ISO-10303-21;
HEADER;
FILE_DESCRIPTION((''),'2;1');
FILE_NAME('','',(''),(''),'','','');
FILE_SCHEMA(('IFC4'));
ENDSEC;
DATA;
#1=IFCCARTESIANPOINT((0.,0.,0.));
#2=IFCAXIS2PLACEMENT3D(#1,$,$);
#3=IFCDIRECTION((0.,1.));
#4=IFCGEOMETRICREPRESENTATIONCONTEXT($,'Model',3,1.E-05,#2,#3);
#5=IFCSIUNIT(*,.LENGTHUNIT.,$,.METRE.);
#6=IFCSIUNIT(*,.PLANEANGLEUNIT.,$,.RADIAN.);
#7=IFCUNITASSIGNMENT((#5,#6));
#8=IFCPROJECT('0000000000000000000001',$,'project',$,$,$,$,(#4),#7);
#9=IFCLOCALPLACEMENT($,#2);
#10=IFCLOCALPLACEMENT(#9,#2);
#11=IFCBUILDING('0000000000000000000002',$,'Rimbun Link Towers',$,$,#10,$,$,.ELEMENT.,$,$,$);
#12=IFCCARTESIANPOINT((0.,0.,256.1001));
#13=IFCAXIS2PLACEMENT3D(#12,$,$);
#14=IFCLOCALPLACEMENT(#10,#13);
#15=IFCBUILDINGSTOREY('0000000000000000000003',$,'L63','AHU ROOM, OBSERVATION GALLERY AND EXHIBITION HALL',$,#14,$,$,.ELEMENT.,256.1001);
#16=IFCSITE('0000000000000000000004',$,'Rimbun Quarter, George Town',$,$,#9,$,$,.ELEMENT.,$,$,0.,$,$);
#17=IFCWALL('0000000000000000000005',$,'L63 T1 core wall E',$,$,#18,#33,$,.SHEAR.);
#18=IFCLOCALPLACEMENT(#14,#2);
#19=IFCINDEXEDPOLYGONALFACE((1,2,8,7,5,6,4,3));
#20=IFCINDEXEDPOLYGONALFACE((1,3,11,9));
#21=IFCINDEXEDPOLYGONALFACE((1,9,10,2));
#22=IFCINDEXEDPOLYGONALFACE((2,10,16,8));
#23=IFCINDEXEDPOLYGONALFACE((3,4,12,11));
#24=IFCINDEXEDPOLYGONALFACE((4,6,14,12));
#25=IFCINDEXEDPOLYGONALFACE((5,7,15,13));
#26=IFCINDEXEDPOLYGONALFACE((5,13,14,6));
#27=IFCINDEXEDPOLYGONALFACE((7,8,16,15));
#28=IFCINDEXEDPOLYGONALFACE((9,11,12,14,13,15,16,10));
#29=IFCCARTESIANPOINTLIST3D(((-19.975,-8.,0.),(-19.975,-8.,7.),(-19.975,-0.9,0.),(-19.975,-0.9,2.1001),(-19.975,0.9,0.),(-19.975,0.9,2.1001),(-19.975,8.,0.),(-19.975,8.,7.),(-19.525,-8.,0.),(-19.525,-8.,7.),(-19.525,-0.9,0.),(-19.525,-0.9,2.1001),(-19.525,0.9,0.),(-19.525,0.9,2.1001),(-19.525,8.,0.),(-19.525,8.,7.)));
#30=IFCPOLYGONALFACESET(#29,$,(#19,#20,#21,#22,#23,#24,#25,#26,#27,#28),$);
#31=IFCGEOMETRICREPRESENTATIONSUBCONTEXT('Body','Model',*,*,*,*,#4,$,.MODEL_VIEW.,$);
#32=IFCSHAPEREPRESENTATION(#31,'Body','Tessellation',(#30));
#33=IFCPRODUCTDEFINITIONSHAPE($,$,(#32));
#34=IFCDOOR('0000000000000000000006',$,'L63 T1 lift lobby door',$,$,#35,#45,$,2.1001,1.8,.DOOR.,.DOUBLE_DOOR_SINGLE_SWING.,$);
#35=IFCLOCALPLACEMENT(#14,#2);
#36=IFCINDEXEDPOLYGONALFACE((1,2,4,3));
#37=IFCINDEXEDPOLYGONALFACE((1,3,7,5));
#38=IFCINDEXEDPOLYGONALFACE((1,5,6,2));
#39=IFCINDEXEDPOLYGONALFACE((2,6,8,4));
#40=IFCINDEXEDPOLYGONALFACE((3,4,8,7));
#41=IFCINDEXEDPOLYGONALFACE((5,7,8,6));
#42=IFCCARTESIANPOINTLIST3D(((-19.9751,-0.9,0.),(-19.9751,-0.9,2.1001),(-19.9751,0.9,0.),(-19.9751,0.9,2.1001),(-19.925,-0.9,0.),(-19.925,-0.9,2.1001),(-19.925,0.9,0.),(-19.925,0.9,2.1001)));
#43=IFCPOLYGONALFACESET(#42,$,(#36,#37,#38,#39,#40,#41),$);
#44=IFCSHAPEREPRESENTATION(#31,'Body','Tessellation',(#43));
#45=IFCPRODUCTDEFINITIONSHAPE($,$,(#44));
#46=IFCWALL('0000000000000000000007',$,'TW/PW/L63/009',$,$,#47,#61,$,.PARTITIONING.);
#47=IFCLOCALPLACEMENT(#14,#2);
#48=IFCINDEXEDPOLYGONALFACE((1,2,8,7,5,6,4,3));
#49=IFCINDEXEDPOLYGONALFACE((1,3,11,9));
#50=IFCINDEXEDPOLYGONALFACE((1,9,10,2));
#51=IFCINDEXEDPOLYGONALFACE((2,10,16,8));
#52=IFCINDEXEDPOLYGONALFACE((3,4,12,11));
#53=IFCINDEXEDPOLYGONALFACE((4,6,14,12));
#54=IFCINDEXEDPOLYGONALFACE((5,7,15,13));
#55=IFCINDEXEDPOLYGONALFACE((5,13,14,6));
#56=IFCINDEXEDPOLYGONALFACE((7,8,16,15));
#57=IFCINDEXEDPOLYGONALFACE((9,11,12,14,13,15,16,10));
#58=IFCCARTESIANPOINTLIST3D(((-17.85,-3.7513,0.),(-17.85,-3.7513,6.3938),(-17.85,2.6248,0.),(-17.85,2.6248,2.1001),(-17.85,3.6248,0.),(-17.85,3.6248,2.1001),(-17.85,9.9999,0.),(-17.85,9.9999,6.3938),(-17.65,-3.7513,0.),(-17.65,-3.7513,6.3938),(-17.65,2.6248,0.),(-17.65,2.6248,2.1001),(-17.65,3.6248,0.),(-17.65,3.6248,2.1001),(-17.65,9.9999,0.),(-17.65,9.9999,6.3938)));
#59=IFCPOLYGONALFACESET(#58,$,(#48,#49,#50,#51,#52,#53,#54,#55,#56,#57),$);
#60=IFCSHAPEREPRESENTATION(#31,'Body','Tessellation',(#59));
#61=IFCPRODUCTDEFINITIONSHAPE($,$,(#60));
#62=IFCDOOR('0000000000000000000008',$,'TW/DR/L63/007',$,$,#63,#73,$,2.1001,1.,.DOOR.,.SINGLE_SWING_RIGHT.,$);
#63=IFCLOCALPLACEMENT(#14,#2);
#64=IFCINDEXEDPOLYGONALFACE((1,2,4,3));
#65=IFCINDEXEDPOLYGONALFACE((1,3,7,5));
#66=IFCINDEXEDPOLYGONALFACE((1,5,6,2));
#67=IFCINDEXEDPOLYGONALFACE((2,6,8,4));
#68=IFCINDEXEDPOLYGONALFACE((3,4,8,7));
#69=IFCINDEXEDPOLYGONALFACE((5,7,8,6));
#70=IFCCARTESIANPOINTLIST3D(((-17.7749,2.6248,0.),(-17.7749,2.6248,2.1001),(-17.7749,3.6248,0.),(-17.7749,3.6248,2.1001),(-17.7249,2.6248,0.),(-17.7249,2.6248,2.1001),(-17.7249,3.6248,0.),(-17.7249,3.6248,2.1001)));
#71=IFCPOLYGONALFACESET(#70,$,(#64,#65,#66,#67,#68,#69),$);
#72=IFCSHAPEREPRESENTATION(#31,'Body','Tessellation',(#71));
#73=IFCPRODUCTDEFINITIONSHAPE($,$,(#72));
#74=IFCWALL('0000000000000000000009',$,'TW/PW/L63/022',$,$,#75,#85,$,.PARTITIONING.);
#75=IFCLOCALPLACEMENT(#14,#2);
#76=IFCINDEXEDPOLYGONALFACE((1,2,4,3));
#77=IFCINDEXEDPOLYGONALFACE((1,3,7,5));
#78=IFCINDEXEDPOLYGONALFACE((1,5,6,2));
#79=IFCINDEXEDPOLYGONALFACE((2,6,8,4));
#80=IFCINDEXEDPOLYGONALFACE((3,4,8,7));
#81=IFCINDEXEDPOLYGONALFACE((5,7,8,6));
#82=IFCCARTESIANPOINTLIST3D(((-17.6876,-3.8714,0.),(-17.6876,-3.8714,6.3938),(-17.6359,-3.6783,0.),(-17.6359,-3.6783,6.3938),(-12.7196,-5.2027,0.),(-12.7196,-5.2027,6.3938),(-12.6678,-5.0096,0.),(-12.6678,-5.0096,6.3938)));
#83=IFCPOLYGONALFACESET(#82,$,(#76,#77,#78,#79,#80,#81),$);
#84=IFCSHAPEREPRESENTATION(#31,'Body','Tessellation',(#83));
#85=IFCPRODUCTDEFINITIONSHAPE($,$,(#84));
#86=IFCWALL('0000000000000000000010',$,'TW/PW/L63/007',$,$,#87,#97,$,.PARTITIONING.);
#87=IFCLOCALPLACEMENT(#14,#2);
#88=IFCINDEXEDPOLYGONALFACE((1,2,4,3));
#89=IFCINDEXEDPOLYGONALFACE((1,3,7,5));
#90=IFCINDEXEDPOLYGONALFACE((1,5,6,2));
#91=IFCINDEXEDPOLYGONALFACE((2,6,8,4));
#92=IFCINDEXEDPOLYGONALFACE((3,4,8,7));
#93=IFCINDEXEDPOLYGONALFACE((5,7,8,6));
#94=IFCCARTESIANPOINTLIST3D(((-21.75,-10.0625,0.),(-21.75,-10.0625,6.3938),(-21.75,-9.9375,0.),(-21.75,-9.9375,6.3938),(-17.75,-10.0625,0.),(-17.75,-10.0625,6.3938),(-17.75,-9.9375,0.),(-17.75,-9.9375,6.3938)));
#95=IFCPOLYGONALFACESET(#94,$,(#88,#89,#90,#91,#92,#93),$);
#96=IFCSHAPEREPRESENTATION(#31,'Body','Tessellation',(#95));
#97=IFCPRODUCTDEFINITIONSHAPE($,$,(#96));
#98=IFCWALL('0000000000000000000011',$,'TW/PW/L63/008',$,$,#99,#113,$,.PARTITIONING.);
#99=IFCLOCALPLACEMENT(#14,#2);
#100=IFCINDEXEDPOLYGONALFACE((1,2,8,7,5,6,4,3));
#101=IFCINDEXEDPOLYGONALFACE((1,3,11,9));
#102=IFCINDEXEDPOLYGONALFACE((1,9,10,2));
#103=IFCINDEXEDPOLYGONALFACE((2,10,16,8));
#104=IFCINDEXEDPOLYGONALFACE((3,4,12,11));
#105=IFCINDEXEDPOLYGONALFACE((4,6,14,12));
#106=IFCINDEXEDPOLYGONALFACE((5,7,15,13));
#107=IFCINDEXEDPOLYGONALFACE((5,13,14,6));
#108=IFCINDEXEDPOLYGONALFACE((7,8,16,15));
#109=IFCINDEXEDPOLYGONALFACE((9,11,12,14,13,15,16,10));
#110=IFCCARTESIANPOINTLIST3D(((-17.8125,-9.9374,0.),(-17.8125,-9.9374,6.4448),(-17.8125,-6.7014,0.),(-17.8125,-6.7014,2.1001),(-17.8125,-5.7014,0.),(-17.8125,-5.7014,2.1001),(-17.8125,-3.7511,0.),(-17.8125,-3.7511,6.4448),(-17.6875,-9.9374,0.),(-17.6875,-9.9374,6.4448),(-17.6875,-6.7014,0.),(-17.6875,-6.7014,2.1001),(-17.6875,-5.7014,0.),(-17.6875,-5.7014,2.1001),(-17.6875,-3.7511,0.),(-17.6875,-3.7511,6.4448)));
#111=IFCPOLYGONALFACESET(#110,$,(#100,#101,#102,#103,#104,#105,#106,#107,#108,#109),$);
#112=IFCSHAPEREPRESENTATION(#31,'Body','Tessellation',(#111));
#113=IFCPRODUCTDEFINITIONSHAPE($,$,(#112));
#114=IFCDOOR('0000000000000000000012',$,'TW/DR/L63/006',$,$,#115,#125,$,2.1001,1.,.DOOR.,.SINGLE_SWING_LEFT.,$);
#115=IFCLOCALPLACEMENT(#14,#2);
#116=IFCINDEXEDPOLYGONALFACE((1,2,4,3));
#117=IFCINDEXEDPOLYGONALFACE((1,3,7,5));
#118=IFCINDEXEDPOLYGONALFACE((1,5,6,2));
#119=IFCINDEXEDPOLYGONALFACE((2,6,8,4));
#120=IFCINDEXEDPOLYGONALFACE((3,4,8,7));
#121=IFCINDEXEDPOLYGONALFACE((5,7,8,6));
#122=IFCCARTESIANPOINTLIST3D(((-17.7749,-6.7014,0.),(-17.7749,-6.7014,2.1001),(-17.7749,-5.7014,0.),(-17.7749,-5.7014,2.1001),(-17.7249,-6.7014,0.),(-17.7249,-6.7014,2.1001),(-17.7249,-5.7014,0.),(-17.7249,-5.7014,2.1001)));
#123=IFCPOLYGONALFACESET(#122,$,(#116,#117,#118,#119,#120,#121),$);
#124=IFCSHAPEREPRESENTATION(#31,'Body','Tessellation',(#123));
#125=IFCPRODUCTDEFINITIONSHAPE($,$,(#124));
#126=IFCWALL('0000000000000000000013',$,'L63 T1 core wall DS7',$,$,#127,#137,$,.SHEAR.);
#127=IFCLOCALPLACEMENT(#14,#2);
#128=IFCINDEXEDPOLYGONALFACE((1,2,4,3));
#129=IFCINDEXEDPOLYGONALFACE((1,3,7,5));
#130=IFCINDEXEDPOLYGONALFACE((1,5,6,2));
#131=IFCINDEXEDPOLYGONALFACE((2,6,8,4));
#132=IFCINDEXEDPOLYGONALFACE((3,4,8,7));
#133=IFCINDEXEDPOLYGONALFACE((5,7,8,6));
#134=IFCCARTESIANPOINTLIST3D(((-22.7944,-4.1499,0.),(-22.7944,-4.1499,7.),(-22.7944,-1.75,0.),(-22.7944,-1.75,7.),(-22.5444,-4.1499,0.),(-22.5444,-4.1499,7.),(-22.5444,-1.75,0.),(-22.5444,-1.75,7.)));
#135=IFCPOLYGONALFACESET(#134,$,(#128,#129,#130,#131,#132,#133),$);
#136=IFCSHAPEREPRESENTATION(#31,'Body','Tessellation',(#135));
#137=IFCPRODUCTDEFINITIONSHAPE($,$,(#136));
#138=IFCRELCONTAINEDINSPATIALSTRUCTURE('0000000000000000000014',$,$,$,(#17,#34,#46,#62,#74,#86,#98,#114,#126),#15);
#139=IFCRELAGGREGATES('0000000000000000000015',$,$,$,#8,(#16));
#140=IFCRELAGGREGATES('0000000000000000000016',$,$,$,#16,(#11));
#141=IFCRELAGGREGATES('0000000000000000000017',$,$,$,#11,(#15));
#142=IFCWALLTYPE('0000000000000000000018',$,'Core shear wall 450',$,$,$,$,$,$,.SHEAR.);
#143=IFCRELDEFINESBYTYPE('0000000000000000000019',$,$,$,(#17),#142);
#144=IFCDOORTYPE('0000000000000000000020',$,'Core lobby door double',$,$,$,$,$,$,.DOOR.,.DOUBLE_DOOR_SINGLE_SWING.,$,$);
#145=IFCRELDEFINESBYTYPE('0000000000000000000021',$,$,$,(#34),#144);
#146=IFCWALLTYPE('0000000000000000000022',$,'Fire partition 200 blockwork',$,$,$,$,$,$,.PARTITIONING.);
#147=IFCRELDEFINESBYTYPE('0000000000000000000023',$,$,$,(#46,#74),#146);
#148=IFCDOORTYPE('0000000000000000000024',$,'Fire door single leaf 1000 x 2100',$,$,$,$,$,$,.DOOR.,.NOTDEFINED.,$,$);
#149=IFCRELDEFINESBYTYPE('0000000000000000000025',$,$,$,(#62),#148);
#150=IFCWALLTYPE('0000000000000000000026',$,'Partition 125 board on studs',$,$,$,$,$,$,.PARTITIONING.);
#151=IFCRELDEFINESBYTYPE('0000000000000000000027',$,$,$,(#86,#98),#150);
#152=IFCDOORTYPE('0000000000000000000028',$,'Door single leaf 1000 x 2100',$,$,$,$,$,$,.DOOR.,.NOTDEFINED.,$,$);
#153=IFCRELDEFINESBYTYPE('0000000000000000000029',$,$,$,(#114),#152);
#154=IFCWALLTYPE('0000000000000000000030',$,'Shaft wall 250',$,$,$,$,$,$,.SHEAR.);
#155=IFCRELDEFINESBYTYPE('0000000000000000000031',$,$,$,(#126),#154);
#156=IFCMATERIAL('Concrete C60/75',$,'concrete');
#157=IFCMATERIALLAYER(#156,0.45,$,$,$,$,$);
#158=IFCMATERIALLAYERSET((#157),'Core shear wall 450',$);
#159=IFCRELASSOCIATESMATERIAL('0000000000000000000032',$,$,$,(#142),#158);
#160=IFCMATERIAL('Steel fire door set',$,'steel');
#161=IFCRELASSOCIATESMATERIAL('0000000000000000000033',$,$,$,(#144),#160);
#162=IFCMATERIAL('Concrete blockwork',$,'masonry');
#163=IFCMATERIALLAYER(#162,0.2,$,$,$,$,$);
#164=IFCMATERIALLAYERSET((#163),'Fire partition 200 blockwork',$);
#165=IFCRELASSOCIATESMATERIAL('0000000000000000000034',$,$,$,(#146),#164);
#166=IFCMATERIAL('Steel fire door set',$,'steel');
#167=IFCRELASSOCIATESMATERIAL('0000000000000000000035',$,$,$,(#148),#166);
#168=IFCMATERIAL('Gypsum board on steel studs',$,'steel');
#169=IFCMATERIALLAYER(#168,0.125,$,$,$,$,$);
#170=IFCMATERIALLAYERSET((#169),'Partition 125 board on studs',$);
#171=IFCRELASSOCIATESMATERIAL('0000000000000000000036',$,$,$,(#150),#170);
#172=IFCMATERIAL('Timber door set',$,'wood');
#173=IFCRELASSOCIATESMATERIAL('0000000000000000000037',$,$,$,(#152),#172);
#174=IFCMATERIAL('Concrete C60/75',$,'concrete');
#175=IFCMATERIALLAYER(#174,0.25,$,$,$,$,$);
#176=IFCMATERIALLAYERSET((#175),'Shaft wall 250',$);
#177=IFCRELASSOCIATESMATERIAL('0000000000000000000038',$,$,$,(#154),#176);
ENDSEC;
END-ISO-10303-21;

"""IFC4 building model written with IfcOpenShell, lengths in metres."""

from ifc_helpers import new_model, si_unit, direction, frame, frame_2d, origin, place, context, subcontext, project, spatial, rectangle, extrude, material, layer, layer_set, type_object, element, fill, save


model = new_model("IFC4")

# Units and contexts
model_context = context("Model", 3, precision=1e-05, world=origin(), true_north=direction((0.0, 1.0)))
body_context = subcontext(model_context, "Body", "Model", "MODEL_VIEW")
ifc_project = project(units=[si_unit("LENGTHUNIT", "METRE"), si_unit("PLANEANGLEUNIT", "RADIAN")], contexts=[model_context])

# Site, building, storey
site_placement = place(None, origin())
site = spatial("IfcSite", under=ifc_project, at=site_placement, Name="Rimbun Quarter, George Town", CompositionType="ELEMENT", RefElevation=0.0)
building_placement = place(site_placement, origin())
building = spatial("IfcBuilding", under=site, at=building_placement, Name="Rimbun Link Towers", CompositionType="ELEMENT")
storey_placement = place(building_placement, frame((0.0, 0.0, 256.1001)))
storey = spatial("IfcBuildingStorey", under=building, at=storey_placement, Name="L63", Description="AHU ROOM, OBSERVATION GALLERY AND EXHIBITION HALL", CompositionType="ELEMENT", Elevation=256.1001)

# Walls, openings, doors
ifc_material_1 = material(Name="Concrete C60/75", Category="concrete")
ifc_layer_1 = layer(ifc_material_1, 0.45)
ifc_layer_set_1 = layer_set([ifc_layer_1], Name="Core shear wall 450")
wall_type_1 = type_object("IfcWallType", Name="Core shear wall 450", PredefinedType="SHEAR", material=ifc_layer_set_1)
wall_1_placement = place(storey_placement, frame((-19.75, -8.0, 0.0), z_axis=(0.0, 0.0, 1.0), x_axis=(0.0, 1.0, 0.0)))
wall_1 = element("IfcWall", 1, at=wall_1_placement, inside=storey, type_object=wall_type_1, Name="L63 T1 core wall E", PredefinedType="SHEAR", context=body_context, shape_type="SweptSolid", body=[
    extrude(rectangle(XDim=16.0, YDim=0.45, at=frame_2d((8.0, 0.0))), origin(), (0.0, 0.0, 1.0), 7.0),
])
opening_1_placement = place(wall_1_placement, frame((7.1001, 0.0, 0.0)))
opening_1 = element("IfcOpeningElement", 2, at=opening_1_placement, cuts=wall_1, PredefinedType="OPENING", context=body_context, shape_type="SweptSolid", body=[
    extrude(rectangle(XDim=1.8, YDim=2.1001, at=frame_2d((0.8999, 1.05))), frame((0.0, 0.2349, 0.0), z_axis=(0.0, -1.0, 0.0), x_axis=(1.0, 0.0, 0.0)), (0.0, 0.0, 1.0), 0.47),
])
ifc_material_2 = material(Name="Steel fire door set", Category="steel")
door_type_1 = type_object("IfcDoorType", Name="Core lobby door double", OperationType="DOUBLE_DOOR_SINGLE_SWING", PredefinedType="DOOR", material=ifc_material_2)
door_1_placement = place(opening_1_placement, origin())
door_1 = element("IfcDoor", 3, at=door_1_placement, inside=storey, type_object=door_type_1, Name="L63 T1 lift lobby door", OperationType="DOUBLE_DOOR_SINGLE_SWING", OverallHeight=2.1001, OverallWidth=1.8, PredefinedType="DOOR", context=body_context, shape_type="SweptSolid", body=[
    extrude(rectangle(XDim=1.8, YDim=2.1001, at=frame_2d((0.8999, 1.05))), frame((0.0, 0.2251, 0.0), z_axis=(0.0, -1.0, 0.0), x_axis=(1.0, 0.0, 0.0)), (0.0, 0.0, 1.0), 0.05),
])
fill(opening_1, door_1)
ifc_material_3 = material(Name="Concrete blockwork", Category="masonry")
ifc_layer_2 = layer(ifc_material_3, 0.2)
ifc_layer_set_2 = layer_set([ifc_layer_2], Name="Fire partition 200 blockwork")
wall_type_2 = type_object("IfcWallType", Name="Fire partition 200 blockwork", PredefinedType="PARTITIONING", material=ifc_layer_set_2)
wall_2_placement = place(storey_placement, frame((-17.75, -3.7512, 0.0), z_axis=(0.0, 0.0, 1.0), x_axis=(0.0, 1.0, 0.0)))
wall_2 = element("IfcWall", 4, at=wall_2_placement, inside=storey, type_object=wall_type_2, Name="TW/PW/L63/009", PredefinedType="PARTITIONING", context=body_context, shape_type="SweptSolid", body=[
    extrude(rectangle(XDim=13.7512, YDim=0.2, at=frame_2d((6.8755, 0.0))), origin(), (0.0, 0.0, 1.0), 6.3938),
])
opening_2_placement = place(wall_2_placement, frame((6.376, 0.0, 0.0)))
opening_2 = element("IfcOpeningElement", 5, at=opening_2_placement, cuts=wall_2, PredefinedType="OPENING", context=body_context, shape_type="SweptSolid", body=[
    extrude(rectangle(XDim=1.0, YDim=2.1001, at=frame_2d((0.5, 1.05))), frame((0.0, 0.1099, 0.0), z_axis=(0.0, -1.0, 0.0), x_axis=(1.0, 0.0, 0.0)), (0.0, 0.0, 1.0), 0.22),
])
ifc_material_4 = material(Name="Steel fire door set", Category="steel")
door_type_2 = type_object("IfcDoorType", Name="Fire door single leaf 1000 x 2100", OperationType="NOTDEFINED", PredefinedType="DOOR", material=ifc_material_4)
door_2_placement = place(opening_2_placement, origin())
door_2 = element("IfcDoor", 6, at=door_2_placement, inside=storey, type_object=door_type_2, Name="TW/DR/L63/007", OperationType="SINGLE_SWING_RIGHT", OverallHeight=2.1001, OverallWidth=1.0, PredefinedType="DOOR", context=body_context, shape_type="SweptSolid", body=[
    extrude(rectangle(XDim=1.0, YDim=2.1001, at=frame_2d((0.5, 1.05))), frame((0.0, 0.0249, 0.0), z_axis=(0.0, -1.0, 0.0), x_axis=(1.0, 0.0, 0.0)), (0.0, 0.0, 1.0), 0.05),
])
fill(opening_2, door_2)

# Walls
wall_3_placement = place(storey_placement, frame((-12.6936, -5.1062, 0.0), z_axis=(0.0, 0.0, 1.0), x_axis=(-0.96592, 0.258841, 0.0)))
element("IfcWall", 7, at=wall_3_placement, inside=storey, type_object=wall_type_2, Name="TW/PW/L63/022", PredefinedType="PARTITIONING", context=body_context, shape_type="SweptSolid", body=[
    extrude(rectangle(XDim=5.1433, YDim=0.2, at=frame_2d((2.5718, 0.0))), origin(), (0.0, 0.0, 1.0), 6.3938),
])
ifc_material_5 = material(Name="Gypsum board on steel studs", Category="steel")
ifc_layer_3 = layer(ifc_material_5, 0.125)
ifc_layer_set_3 = layer_set([ifc_layer_3], Name="Partition 125 board on studs")
wall_type_3 = type_object("IfcWallType", Name="Partition 125 board on studs", PredefinedType="PARTITIONING", material=ifc_layer_set_3)
wall_4_placement = place(storey_placement, frame((-21.75, -10.0, 0.0), z_axis=(0.0, 0.0, 1.0), x_axis=(1.0, 0.0, 0.0)))
element("IfcWall", 8, at=wall_4_placement, inside=storey, type_object=wall_type_3, Name="TW/PW/L63/007", PredefinedType="PARTITIONING", context=body_context, shape_type="SweptSolid", body=[
    extrude(rectangle(XDim=4.0, YDim=0.125, at=frame_2d((2.0, 0.0))), origin(), (0.0, 0.0, 1.0), 6.3938),
])

# Wall, opening, door
wall_5_placement = place(storey_placement, frame((-17.75, -9.9375, 0.0), z_axis=(0.0, 0.0, 1.0), x_axis=(0.0, 1.0, 0.0)))
wall_5 = element("IfcWall", 9, at=wall_5_placement, inside=storey, type_object=wall_type_3, Name="TW/PW/L63/008", PredefinedType="PARTITIONING", context=body_context, shape_type="SweptSolid", body=[
    extrude(rectangle(XDim=6.1863, YDim=0.125, at=frame_2d((3.0933, 0.0))), origin(), (0.0, 0.0, 1.0), 6.4448),
])
opening_3_placement = place(wall_5_placement, frame((3.2361, 0.0, 0.0)))
opening_3 = element("IfcOpeningElement", 10, at=opening_3_placement, cuts=wall_5, PredefinedType="OPENING", context=body_context, shape_type="SweptSolid", body=[
    extrude(rectangle(XDim=1.0, YDim=2.1001, at=frame_2d((0.5, 1.05))), frame((0.0, 0.0725, 0.0), z_axis=(0.0, -1.0, 0.0), x_axis=(1.0, 0.0, 0.0)), (0.0, 0.0, 1.0), 0.145),
])
ifc_material_6 = material(Name="Timber door set", Category="wood")
door_type_3 = type_object("IfcDoorType", Name="Door single leaf 1000 x 2100", OperationType="NOTDEFINED", PredefinedType="DOOR", material=ifc_material_6)
door_3_placement = place(opening_3_placement, origin())
door_3 = element("IfcDoor", 11, at=door_3_placement, inside=storey, type_object=door_type_3, Name="TW/DR/L63/006", OperationType="SINGLE_SWING_LEFT", OverallHeight=2.1001, OverallWidth=1.0, PredefinedType="DOOR", context=body_context, shape_type="SweptSolid", body=[
    extrude(rectangle(XDim=1.0, YDim=2.1001, at=frame_2d((0.5, 1.05))), frame((0.0, 0.0249, 0.0), z_axis=(0.0, -1.0, 0.0), x_axis=(1.0, 0.0, 0.0)), (0.0, 0.0, 1.0), 0.05),
])
fill(opening_3, door_3)

# Wall
ifc_material_7 = material(Name="Concrete C60/75", Category="concrete")
ifc_layer_4 = layer(ifc_material_7, 0.25)
ifc_layer_set_4 = layer_set([ifc_layer_4], Name="Shaft wall 250")
wall_type_4 = type_object("IfcWallType", Name="Shaft wall 250", PredefinedType="SHEAR", material=ifc_layer_set_4)
wall_6_placement = place(storey_placement, frame((-22.6694, -4.1499, 0.0), z_axis=(0.0, 0.0, 1.0), x_axis=(0.0, 1.0, 0.0)))
element("IfcWall", 12, at=wall_6_placement, inside=storey, type_object=wall_type_4, Name="L63 T1 core wall DS7", PredefinedType="SHEAR", context=body_context, shape_type="SweptSolid", body=[
    extrude(rectangle(XDim=2.3999, YDim=0.25, at=frame_2d((1.2, 0.0))), origin(), (0.0, 0.0, 1.0), 7.0),
])

save(model, "model.ifc")
